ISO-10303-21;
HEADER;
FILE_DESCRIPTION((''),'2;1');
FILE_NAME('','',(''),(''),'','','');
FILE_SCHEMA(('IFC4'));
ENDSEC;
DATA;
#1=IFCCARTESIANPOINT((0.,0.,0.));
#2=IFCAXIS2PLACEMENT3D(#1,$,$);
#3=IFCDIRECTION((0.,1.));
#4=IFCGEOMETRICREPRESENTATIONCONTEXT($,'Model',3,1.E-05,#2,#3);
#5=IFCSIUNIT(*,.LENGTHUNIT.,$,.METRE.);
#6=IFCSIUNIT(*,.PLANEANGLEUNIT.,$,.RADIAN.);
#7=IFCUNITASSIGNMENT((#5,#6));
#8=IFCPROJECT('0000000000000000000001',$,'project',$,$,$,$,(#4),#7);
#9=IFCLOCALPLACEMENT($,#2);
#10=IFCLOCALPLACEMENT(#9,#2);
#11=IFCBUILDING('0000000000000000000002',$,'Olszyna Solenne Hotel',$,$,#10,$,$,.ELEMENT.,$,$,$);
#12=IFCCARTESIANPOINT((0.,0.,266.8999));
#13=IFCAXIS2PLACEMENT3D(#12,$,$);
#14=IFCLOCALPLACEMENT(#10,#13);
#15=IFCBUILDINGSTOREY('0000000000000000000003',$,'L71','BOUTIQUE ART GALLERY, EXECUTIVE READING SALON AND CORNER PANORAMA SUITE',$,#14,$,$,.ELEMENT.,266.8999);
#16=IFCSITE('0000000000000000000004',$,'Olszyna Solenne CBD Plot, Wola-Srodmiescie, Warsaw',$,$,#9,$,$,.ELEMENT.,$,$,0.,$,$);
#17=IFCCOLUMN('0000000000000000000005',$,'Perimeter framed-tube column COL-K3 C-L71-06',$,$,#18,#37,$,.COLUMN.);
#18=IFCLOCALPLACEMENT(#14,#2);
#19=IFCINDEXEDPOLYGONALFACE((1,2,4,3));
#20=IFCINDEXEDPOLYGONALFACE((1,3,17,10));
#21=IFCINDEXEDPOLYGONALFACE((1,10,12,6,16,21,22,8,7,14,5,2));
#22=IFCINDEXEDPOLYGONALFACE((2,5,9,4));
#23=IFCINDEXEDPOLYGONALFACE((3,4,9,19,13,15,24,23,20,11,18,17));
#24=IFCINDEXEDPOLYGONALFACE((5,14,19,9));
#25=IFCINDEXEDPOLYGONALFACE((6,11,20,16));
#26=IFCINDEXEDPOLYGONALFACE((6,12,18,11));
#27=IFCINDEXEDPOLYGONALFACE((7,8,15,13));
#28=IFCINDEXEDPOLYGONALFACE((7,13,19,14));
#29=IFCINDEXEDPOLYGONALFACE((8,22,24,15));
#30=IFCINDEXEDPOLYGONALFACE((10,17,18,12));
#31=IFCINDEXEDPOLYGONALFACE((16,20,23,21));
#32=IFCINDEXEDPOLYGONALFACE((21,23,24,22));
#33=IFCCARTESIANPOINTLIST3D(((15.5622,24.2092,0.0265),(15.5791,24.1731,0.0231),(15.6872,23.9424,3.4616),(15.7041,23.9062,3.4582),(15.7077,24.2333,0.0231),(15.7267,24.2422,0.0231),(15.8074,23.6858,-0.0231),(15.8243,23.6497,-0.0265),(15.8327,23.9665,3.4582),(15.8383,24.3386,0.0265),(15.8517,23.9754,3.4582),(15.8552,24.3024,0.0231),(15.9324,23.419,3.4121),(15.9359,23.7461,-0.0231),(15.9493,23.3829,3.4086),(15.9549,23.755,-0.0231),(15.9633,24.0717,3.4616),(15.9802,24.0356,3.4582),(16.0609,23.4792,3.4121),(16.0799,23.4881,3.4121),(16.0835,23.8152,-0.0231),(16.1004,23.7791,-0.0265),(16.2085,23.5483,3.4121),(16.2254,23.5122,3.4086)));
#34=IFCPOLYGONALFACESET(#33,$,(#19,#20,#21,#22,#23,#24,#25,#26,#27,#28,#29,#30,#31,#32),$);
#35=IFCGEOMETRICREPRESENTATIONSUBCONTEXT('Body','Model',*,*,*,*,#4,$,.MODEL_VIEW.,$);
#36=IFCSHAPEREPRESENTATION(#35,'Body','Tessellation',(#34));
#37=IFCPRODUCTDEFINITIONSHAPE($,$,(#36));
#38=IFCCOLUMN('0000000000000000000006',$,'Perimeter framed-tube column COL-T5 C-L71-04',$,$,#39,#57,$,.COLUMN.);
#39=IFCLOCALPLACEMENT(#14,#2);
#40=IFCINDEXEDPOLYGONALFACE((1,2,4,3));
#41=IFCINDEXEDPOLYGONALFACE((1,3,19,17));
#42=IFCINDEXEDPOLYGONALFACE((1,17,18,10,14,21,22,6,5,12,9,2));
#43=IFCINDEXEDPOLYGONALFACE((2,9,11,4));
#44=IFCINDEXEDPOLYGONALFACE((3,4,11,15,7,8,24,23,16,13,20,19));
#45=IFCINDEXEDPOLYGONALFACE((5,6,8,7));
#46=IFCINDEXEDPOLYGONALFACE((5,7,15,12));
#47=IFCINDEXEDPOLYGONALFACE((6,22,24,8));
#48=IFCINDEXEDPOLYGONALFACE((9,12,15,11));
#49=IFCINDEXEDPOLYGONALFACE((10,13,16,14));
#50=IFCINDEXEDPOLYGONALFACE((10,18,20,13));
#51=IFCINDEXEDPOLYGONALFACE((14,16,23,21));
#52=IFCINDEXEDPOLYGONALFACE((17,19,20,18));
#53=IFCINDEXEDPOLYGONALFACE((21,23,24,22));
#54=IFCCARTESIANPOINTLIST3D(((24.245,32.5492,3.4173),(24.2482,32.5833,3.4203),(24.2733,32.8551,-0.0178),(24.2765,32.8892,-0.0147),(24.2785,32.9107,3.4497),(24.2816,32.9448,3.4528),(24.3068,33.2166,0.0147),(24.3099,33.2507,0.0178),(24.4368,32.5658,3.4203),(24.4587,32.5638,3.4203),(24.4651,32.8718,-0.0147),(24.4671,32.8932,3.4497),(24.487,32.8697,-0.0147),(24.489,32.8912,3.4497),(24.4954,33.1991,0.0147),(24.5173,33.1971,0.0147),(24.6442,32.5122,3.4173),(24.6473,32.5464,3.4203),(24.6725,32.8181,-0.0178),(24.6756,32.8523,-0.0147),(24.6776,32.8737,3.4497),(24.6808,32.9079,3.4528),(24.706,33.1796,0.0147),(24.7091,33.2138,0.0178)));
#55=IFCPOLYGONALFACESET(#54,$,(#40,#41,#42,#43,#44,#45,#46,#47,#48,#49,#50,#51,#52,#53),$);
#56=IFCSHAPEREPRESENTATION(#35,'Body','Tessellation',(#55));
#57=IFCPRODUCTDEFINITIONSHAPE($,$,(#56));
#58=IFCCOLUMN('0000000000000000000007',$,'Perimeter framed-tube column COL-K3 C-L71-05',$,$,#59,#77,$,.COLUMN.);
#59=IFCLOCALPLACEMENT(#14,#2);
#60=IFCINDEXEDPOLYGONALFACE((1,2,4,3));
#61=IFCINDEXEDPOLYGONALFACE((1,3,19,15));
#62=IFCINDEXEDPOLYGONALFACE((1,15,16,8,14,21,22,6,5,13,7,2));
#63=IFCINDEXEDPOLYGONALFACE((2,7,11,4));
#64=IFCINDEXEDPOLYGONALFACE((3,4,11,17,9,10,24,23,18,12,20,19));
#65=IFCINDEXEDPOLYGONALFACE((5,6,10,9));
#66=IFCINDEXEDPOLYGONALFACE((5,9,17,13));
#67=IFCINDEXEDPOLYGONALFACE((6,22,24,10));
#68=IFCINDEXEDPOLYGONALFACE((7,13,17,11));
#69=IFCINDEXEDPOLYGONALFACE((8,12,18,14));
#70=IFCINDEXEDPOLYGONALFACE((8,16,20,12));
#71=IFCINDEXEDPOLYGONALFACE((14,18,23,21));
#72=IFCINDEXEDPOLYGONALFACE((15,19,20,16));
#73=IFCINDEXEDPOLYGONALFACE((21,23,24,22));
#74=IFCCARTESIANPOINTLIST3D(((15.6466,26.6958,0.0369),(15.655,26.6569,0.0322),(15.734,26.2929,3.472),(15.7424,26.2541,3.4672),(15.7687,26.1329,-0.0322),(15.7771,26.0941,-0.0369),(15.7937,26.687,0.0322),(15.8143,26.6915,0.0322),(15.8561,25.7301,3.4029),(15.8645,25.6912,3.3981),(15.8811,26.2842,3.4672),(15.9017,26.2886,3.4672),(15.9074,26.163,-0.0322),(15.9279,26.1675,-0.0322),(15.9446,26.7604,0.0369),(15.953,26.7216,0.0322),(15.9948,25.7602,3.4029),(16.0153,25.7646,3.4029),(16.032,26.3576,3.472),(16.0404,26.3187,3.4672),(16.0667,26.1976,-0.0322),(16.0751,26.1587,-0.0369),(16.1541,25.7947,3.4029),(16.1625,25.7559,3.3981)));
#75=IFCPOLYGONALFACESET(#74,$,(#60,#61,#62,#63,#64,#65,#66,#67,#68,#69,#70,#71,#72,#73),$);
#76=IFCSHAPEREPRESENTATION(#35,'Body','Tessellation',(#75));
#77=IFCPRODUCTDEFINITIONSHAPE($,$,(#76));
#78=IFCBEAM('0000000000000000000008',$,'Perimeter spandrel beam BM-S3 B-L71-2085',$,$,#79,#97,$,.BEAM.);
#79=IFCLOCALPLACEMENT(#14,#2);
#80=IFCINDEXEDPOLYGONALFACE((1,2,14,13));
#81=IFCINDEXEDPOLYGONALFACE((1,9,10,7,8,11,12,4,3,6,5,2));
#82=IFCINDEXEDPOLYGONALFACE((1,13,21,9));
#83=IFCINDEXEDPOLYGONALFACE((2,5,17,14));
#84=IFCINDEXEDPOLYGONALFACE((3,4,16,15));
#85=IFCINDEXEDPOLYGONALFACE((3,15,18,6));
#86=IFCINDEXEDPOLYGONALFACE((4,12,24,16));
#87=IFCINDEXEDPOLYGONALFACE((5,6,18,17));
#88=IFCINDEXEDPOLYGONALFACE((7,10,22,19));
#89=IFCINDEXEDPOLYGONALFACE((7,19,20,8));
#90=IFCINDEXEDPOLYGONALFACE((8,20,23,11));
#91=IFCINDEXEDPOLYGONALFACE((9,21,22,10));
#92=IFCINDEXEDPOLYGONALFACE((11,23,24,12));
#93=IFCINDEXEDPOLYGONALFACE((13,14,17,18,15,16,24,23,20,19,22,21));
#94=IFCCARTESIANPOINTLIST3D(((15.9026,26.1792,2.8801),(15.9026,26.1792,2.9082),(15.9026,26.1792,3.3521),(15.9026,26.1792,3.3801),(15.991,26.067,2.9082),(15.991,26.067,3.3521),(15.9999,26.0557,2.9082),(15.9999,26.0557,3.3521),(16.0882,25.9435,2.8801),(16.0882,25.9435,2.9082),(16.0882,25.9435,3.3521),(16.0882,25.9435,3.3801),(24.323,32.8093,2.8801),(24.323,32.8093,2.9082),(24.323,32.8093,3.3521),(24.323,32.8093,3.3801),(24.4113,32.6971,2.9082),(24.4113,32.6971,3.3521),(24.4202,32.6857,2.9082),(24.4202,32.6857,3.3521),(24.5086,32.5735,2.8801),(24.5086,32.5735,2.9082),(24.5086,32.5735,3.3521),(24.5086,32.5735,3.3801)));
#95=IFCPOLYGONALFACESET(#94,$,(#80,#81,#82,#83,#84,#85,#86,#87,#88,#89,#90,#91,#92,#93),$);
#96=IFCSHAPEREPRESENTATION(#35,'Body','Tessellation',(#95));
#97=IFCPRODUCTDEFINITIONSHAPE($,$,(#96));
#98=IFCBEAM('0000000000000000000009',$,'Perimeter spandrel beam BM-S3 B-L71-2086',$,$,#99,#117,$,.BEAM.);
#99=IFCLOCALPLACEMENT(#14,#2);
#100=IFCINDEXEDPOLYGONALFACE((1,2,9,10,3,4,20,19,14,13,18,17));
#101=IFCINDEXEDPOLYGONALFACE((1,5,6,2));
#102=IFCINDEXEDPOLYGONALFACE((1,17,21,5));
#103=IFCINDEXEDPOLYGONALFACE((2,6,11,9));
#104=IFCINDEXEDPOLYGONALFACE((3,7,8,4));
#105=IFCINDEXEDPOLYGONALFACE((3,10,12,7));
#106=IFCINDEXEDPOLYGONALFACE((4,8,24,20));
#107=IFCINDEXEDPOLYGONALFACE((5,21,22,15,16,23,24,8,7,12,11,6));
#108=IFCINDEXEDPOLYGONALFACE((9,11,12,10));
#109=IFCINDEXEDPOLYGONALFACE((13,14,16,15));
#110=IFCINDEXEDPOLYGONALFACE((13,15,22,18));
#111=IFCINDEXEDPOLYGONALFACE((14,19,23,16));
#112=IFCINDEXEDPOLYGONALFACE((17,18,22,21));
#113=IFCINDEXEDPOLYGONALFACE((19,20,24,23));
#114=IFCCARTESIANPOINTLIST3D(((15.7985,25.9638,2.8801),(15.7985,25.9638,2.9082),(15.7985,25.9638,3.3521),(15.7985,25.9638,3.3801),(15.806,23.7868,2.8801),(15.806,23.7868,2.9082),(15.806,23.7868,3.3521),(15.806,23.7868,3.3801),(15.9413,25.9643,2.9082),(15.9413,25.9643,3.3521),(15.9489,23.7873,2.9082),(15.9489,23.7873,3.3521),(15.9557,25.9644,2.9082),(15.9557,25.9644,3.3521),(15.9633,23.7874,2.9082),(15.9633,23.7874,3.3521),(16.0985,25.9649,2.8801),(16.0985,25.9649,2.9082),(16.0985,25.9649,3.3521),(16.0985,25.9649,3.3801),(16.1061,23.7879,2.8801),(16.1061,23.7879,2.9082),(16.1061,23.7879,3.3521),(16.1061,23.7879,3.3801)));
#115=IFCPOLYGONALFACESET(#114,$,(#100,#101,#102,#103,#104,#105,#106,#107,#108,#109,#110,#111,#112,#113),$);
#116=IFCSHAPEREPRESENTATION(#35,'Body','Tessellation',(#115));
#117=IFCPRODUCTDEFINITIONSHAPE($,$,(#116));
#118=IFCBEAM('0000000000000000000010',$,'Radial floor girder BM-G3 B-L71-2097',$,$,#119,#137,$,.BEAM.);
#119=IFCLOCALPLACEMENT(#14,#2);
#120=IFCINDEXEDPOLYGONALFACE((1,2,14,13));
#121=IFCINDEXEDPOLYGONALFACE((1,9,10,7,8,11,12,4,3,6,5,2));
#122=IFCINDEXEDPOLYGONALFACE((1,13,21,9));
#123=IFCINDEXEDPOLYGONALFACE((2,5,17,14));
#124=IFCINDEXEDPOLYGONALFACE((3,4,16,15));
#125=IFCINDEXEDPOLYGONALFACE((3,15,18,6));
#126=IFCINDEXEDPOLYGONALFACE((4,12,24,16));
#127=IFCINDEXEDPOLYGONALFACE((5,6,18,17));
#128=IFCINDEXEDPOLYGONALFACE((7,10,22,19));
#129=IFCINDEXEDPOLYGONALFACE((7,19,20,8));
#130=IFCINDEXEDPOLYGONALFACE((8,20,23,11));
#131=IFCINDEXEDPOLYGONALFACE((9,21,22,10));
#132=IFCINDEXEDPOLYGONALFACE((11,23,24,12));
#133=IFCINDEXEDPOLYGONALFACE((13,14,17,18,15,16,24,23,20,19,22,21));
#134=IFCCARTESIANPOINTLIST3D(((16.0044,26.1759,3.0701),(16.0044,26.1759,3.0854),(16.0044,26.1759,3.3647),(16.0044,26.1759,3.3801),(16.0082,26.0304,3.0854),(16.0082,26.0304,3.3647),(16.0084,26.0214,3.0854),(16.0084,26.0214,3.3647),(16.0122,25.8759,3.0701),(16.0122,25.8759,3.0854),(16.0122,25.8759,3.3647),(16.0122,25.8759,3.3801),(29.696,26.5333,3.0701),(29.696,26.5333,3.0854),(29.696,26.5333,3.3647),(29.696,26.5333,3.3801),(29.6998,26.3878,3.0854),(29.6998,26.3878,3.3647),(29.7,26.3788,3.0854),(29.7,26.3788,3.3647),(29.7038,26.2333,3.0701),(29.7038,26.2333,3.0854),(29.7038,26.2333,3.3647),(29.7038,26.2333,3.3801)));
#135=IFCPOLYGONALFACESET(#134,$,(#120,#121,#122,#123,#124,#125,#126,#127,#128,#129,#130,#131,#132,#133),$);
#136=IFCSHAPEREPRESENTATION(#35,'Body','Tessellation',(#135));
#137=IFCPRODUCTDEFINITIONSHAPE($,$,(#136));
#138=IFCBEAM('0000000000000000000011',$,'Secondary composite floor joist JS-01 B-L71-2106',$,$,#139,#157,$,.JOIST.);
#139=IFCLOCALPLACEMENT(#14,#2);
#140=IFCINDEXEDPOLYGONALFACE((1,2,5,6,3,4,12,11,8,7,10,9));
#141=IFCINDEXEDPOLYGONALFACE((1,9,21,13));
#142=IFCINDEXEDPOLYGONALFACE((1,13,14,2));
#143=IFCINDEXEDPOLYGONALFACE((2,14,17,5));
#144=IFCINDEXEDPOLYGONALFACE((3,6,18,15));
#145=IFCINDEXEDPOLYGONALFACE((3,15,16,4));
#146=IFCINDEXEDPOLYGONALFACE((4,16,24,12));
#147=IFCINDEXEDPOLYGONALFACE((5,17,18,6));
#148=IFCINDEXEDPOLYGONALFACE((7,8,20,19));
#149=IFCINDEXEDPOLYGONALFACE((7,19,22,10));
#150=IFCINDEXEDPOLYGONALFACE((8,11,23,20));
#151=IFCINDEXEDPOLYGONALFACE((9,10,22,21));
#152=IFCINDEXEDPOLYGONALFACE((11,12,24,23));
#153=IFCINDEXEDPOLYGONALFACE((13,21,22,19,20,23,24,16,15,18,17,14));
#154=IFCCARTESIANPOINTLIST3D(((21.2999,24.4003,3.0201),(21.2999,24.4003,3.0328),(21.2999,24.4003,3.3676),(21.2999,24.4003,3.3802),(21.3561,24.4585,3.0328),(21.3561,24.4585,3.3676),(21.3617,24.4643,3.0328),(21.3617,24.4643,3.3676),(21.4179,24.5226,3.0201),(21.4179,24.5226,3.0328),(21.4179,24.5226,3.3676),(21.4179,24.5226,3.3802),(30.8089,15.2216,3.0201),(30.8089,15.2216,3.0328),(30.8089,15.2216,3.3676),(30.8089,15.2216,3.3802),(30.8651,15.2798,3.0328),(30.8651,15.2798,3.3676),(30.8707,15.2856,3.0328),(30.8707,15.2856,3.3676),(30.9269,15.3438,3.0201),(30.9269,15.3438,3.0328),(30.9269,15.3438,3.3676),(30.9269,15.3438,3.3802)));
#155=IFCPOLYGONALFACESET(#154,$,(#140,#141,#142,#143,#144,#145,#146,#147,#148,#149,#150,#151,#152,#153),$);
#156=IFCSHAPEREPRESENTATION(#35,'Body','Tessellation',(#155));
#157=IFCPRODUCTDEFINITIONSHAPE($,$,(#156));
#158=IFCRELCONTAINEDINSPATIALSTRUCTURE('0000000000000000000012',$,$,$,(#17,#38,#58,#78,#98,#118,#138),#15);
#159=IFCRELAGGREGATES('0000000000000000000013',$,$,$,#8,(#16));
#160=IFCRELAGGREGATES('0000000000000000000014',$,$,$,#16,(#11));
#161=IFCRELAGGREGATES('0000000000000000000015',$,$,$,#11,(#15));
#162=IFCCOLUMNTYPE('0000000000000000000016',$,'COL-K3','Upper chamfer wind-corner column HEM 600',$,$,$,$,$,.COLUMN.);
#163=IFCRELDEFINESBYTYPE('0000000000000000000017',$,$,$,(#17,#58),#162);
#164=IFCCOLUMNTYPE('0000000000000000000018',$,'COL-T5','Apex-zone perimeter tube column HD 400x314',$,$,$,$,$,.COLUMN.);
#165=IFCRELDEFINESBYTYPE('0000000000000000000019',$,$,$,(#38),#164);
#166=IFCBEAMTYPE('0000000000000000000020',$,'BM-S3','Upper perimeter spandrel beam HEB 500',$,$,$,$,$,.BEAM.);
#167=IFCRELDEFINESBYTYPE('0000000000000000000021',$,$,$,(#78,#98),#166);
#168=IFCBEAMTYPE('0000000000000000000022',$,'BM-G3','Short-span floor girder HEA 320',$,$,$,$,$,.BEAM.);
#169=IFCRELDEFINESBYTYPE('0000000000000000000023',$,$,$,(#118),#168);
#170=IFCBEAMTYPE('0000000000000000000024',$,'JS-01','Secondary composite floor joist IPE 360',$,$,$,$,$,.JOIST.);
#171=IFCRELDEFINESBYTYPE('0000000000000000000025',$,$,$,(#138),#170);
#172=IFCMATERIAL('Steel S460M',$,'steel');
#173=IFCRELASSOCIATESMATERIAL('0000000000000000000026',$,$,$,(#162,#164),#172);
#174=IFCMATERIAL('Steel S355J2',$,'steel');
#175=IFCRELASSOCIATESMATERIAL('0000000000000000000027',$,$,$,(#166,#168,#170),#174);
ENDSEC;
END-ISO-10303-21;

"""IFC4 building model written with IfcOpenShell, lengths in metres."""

from ifc_helpers import new_model, si_unit, direction, frame, origin, origin_2d, place, context, subcontext, project, spatial, i_section, extrude, source, transform, mapped, material, material_profile, profile_set, type_object, element, save


model = new_model("IFC4")

# Units and contexts
model_context = context("Model", 3, precision=1e-05, world=origin(), true_north=direction((0.0, 1.0)))
body_context = subcontext(model_context, "Body", "Model", "MODEL_VIEW")
ifc_project = project(units=[si_unit("LENGTHUNIT", "METRE"), si_unit("PLANEANGLEUNIT", "RADIAN")], contexts=[model_context])

# Site, building, storey
site_placement = place(None, origin())
site = spatial("IfcSite", under=ifc_project, at=site_placement, Name="Olszyna Solenne CBD Plot, Wola-Srodmiescie, Warsaw", CompositionType="ELEMENT", RefElevation=0.0)
building_placement = place(site_placement, origin())
building = spatial("IfcBuilding", under=site, at=building_placement, Name="Olszyna Solenne Hotel", CompositionType="ELEMENT")
storey_placement = place(building_placement, frame((0.0, 0.0, 266.8999)))
storey = spatial("IfcBuildingStorey", under=building, at=storey_placement, Name="L71", Description="BOUTIQUE ART GALLERY, EXECUTIVE READING SALON AND CORNER PANORAMA SUITE", CompositionType="ELEMENT", Elevation=266.8999)

# Columns
ifc_material_1 = material(Name="Steel S460M", Category="steel")
ifc_material_profile_1 = material_profile(ifc_material_1, i_section(OverallWidth=0.3049, OverallDepth=0.6201, WebThickness=0.021, FlangeThickness=0.04, at=origin_2d()), Name="HEM 600", Category="load-bearing")
ifc_profile_set_1 = profile_set([ifc_material_profile_1], Name="Steel S460M")
column_type_1 = type_object("IfcColumnType", Name="COL-K3", Description="Upper chamfer wind-corner column HEM 600", PredefinedType="COLUMN", material=ifc_profile_set_1)
shared_shape_1 = source(origin(), body_context, "Body", "SweptSolid", [
    extrude(i_section(OverallWidth=0.3049, OverallDepth=0.6201, WebThickness=0.021, FlangeThickness=0.04, at=origin_2d()), origin(), (0.0, 0.0, 1.0), 3.4478),
])
column_1_placement = place(storey_placement, frame((15.8313, 23.9941, 0.0), z_axis=(0.036256, -0.077399, 0.996341), x_axis=(0.905568, 0.4242, 0.0)))
element("IfcColumn", 1, at=column_1_placement, inside=storey, type_object=column_type_1, Name="Perimeter framed-tube column COL-K3 C-L71-06", PredefinedType="COLUMN", context=body_context, shape_type="MappedRepresentation", body=[
    mapped(shared_shape_1, transform((0.0, 0.0, 0.0), x_axis=(1.0, 0.0, 0.0), y_axis=(0.0, 1.0, 0.0), z_axis=(0.0, 0.0, 1.0), scale=1.0)),
])
ifc_material_profile_2 = material_profile(ifc_material_1, i_section(OverallWidth=0.4009, OverallDepth=0.3989, WebThickness=0.022, FlangeThickness=0.0344, at=origin_2d()), Name="HD 400x314", Category="load-bearing")
ifc_profile_set_2 = profile_set([ifc_material_profile_2], Name="Steel S460M")
column_type_2 = type_object("IfcColumnType", Name="COL-T5", Description="Apex-zone perimeter tube column HD 400x314", PredefinedType="COLUMN", material=ifc_profile_set_2)
shared_shape_2 = source(origin(), body_context, "Body", "SweptSolid", [
    extrude(i_section(OverallWidth=0.4009, OverallDepth=0.3989, WebThickness=0.022, FlangeThickness=0.0344, at=origin_2d()), origin(), (0.0, 0.0, 1.0), 3.4487),
])
column_2_placement = place(storey_placement, frame((24.4912, 33.0344, 0.0), z_axis=(-0.008212, -0.088701, 0.996024), x_axis=(0.995742, -0.092184, 0.0)))
element("IfcColumn", 2, at=column_2_placement, inside=storey, type_object=column_type_2, Name="Perimeter framed-tube column COL-T5 C-L71-04", PredefinedType="COLUMN", context=body_context, shape_type="MappedRepresentation", body=[
    mapped(shared_shape_2, transform((0.0, 0.0, 0.0), x_axis=(1.0, 0.0, 0.0), y_axis=(0.0, 1.0, 0.0), z_axis=(0.0, 0.0, 1.0), scale=1.0)),
])
shared_shape_3 = source(origin(), body_context, "Body", "SweptSolid", [
    extrude(i_section(OverallWidth=0.3049, OverallDepth=0.6201, WebThickness=0.021, FlangeThickness=0.04, at=origin_2d()), origin(), (0.0, 0.0, 1.0), 3.4597),
])
column_3_placement = place(storey_placement, frame((15.8608, 26.4272, 0.0), z_axis=(0.025263, -0.116435, 0.992877), x_axis=(0.977262, 0.212036, 0.0)))
element("IfcColumn", 3, at=column_3_placement, inside=storey, type_object=column_type_1, Name="Perimeter framed-tube column COL-K3 C-L71-05", PredefinedType="COLUMN", context=body_context, shape_type="MappedRepresentation", body=[
    mapped(shared_shape_3, transform((0.0, 0.0, 0.0), x_axis=(1.0, 0.0, 0.0), y_axis=(0.0, 1.0, 0.0), z_axis=(0.0, 0.0, 1.0), scale=1.0)),
])

# Beams
ifc_material_2 = material(Name="Steel S355J2", Category="steel")
ifc_material_profile_3 = material_profile(ifc_material_2, i_section(OverallWidth=0.3, OverallDepth=0.5, WebThickness=0.0144, FlangeThickness=0.0281, at=origin_2d()), Name="HEB 500", Category="load-bearing")
ifc_profile_set_3 = profile_set([ifc_material_profile_3], Name="Steel S355J2")
beam_type_1 = type_object("IfcBeamType", Name="BM-S3", Description="Upper perimeter spandrel beam HEB 500", PredefinedType="BEAM", material=ifc_profile_set_3)
shared_shape_4 = source(origin(), body_context, "Body", "SweptSolid", [
    extrude(i_section(OverallWidth=0.3, OverallDepth=0.5, WebThickness=0.0144, FlangeThickness=0.0281, at=origin_2d()), origin(), (0.0, 0.0, 1.0), 10.7173),
])
beam_1_placement = place(storey_placement, frame((24.4158, 32.6914, 3.1301), z_axis=(-0.785679, -0.618634, 0.0), x_axis=(0.618634, -0.785679, 0.0)))
element("IfcBeam", 4, at=beam_1_placement, inside=storey, type_object=beam_type_1, Name="Perimeter spandrel beam BM-S3 B-L71-2085", PredefinedType="BEAM", context=body_context, shape_type="MappedRepresentation", body=[
    mapped(shared_shape_4, transform((0.0, 0.0, 0.0), x_axis=(1.0, 0.0, 0.0), y_axis=(0.0, 1.0, 0.0), z_axis=(0.0, 0.0, 1.0), scale=1.0)),
])
shared_shape_5 = source(origin(), body_context, "Body", "SweptSolid", [
    extrude(i_section(OverallWidth=0.3, OverallDepth=0.5, WebThickness=0.0144, FlangeThickness=0.0281, at=origin_2d()), origin(), (0.0, 0.0, 1.0), 2.177),
])
beam_2_placement = place(storey_placement, frame((15.9485, 25.9644, 3.1301), z_axis=(0.003476, -0.999994, 0.0), x_axis=(0.999994, 0.003476, 0.0)))
element("IfcBeam", 5, at=beam_2_placement, inside=storey, type_object=beam_type_1, Name="Perimeter spandrel beam BM-S3 B-L71-2086", PredefinedType="BEAM", context=body_context, shape_type="MappedRepresentation", body=[
    mapped(shared_shape_5, transform((0.0, 0.0, 0.0), x_axis=(1.0, 0.0, 0.0), y_axis=(0.0, 1.0, 0.0), z_axis=(0.0, 0.0, 1.0), scale=1.0)),
])
ifc_material_profile_4 = material_profile(ifc_material_2, i_section(OverallWidth=0.3, OverallDepth=0.3101, WebThickness=0.009, FlangeThickness=0.0154, at=origin_2d()), Name="HEA 320", Category="load-bearing")
ifc_profile_set_4 = profile_set([ifc_material_profile_4], Name="Steel S355J2")
beam_type_2 = type_object("IfcBeamType", Name="BM-G3", Description="Short-span floor girder HEA 320", PredefinedType="BEAM", material=ifc_profile_set_4)
shared_shape_6 = source(origin(), body_context, "Body", "SweptSolid", [
    extrude(i_section(OverallWidth=0.3, OverallDepth=0.3101, WebThickness=0.009, FlangeThickness=0.0154, at=origin_2d()), origin(), (0.0, 0.0, 1.0), 13.6963),
])
beam_3_placement = place(storey_placement, frame((16.0083, 26.0259, 3.2251), z_axis=(0.999659, 0.026096, 0.0), x_axis=(-0.026096, 0.999659, 0.0)))
element("IfcBeam", 6, at=beam_3_placement, inside=storey, type_object=beam_type_2, Name="Radial floor girder BM-G3 B-L71-2097", PredefinedType="BEAM", context=body_context, shape_type="MappedRepresentation", body=[
    mapped(shared_shape_6, transform((0.0, 0.0, 0.0), x_axis=(1.0, 0.0, 0.0), y_axis=(0.0, 1.0, 0.0), z_axis=(0.0, 0.0, 1.0), scale=1.0)),
])
ifc_material_profile_5 = material_profile(ifc_material_2, i_section(OverallWidth=0.1699, OverallDepth=0.3601, WebThickness=0.0081, FlangeThickness=0.0127, at=origin_2d()), Name="IPE 360", Category="load-bearing")
ifc_profile_set_5 = profile_set([ifc_material_profile_5], Name="Steel S355J2")
beam_type_3 = type_object("IfcBeamType", Name="JS-01", Description="Secondary composite floor joist IPE 360", PredefinedType="JOIST", material=ifc_profile_set_5)
shared_shape_7 = source(origin(), body_context, "Body", "SweptSolid", [
    extrude(i_section(OverallWidth=0.1699, OverallDepth=0.3601, WebThickness=0.0081, FlangeThickness=0.0127, at=origin_2d()), origin(), (0.0, 0.0, 1.0), 13.2163),
])
beam_4_placement = place(storey_placement, frame((21.3589, 24.4614, 3.2002), z_axis=(0.719493, -0.6945, 0.0), x_axis=(0.6945, 0.719493, 0.0)))
element("IfcBeam", 7, at=beam_4_placement, inside=storey, type_object=beam_type_3, Name="Secondary composite floor joist JS-01 B-L71-2106", PredefinedType="JOIST", context=body_context, shape_type="MappedRepresentation", body=[
    mapped(shared_shape_7, transform((0.0, 0.0, 0.0), x_axis=(1.0, 0.0, 0.0), y_axis=(0.0, 1.0, 0.0), z_axis=(0.0, 0.0, 1.0), scale=1.0)),
])

save(model, "model.ifc")
